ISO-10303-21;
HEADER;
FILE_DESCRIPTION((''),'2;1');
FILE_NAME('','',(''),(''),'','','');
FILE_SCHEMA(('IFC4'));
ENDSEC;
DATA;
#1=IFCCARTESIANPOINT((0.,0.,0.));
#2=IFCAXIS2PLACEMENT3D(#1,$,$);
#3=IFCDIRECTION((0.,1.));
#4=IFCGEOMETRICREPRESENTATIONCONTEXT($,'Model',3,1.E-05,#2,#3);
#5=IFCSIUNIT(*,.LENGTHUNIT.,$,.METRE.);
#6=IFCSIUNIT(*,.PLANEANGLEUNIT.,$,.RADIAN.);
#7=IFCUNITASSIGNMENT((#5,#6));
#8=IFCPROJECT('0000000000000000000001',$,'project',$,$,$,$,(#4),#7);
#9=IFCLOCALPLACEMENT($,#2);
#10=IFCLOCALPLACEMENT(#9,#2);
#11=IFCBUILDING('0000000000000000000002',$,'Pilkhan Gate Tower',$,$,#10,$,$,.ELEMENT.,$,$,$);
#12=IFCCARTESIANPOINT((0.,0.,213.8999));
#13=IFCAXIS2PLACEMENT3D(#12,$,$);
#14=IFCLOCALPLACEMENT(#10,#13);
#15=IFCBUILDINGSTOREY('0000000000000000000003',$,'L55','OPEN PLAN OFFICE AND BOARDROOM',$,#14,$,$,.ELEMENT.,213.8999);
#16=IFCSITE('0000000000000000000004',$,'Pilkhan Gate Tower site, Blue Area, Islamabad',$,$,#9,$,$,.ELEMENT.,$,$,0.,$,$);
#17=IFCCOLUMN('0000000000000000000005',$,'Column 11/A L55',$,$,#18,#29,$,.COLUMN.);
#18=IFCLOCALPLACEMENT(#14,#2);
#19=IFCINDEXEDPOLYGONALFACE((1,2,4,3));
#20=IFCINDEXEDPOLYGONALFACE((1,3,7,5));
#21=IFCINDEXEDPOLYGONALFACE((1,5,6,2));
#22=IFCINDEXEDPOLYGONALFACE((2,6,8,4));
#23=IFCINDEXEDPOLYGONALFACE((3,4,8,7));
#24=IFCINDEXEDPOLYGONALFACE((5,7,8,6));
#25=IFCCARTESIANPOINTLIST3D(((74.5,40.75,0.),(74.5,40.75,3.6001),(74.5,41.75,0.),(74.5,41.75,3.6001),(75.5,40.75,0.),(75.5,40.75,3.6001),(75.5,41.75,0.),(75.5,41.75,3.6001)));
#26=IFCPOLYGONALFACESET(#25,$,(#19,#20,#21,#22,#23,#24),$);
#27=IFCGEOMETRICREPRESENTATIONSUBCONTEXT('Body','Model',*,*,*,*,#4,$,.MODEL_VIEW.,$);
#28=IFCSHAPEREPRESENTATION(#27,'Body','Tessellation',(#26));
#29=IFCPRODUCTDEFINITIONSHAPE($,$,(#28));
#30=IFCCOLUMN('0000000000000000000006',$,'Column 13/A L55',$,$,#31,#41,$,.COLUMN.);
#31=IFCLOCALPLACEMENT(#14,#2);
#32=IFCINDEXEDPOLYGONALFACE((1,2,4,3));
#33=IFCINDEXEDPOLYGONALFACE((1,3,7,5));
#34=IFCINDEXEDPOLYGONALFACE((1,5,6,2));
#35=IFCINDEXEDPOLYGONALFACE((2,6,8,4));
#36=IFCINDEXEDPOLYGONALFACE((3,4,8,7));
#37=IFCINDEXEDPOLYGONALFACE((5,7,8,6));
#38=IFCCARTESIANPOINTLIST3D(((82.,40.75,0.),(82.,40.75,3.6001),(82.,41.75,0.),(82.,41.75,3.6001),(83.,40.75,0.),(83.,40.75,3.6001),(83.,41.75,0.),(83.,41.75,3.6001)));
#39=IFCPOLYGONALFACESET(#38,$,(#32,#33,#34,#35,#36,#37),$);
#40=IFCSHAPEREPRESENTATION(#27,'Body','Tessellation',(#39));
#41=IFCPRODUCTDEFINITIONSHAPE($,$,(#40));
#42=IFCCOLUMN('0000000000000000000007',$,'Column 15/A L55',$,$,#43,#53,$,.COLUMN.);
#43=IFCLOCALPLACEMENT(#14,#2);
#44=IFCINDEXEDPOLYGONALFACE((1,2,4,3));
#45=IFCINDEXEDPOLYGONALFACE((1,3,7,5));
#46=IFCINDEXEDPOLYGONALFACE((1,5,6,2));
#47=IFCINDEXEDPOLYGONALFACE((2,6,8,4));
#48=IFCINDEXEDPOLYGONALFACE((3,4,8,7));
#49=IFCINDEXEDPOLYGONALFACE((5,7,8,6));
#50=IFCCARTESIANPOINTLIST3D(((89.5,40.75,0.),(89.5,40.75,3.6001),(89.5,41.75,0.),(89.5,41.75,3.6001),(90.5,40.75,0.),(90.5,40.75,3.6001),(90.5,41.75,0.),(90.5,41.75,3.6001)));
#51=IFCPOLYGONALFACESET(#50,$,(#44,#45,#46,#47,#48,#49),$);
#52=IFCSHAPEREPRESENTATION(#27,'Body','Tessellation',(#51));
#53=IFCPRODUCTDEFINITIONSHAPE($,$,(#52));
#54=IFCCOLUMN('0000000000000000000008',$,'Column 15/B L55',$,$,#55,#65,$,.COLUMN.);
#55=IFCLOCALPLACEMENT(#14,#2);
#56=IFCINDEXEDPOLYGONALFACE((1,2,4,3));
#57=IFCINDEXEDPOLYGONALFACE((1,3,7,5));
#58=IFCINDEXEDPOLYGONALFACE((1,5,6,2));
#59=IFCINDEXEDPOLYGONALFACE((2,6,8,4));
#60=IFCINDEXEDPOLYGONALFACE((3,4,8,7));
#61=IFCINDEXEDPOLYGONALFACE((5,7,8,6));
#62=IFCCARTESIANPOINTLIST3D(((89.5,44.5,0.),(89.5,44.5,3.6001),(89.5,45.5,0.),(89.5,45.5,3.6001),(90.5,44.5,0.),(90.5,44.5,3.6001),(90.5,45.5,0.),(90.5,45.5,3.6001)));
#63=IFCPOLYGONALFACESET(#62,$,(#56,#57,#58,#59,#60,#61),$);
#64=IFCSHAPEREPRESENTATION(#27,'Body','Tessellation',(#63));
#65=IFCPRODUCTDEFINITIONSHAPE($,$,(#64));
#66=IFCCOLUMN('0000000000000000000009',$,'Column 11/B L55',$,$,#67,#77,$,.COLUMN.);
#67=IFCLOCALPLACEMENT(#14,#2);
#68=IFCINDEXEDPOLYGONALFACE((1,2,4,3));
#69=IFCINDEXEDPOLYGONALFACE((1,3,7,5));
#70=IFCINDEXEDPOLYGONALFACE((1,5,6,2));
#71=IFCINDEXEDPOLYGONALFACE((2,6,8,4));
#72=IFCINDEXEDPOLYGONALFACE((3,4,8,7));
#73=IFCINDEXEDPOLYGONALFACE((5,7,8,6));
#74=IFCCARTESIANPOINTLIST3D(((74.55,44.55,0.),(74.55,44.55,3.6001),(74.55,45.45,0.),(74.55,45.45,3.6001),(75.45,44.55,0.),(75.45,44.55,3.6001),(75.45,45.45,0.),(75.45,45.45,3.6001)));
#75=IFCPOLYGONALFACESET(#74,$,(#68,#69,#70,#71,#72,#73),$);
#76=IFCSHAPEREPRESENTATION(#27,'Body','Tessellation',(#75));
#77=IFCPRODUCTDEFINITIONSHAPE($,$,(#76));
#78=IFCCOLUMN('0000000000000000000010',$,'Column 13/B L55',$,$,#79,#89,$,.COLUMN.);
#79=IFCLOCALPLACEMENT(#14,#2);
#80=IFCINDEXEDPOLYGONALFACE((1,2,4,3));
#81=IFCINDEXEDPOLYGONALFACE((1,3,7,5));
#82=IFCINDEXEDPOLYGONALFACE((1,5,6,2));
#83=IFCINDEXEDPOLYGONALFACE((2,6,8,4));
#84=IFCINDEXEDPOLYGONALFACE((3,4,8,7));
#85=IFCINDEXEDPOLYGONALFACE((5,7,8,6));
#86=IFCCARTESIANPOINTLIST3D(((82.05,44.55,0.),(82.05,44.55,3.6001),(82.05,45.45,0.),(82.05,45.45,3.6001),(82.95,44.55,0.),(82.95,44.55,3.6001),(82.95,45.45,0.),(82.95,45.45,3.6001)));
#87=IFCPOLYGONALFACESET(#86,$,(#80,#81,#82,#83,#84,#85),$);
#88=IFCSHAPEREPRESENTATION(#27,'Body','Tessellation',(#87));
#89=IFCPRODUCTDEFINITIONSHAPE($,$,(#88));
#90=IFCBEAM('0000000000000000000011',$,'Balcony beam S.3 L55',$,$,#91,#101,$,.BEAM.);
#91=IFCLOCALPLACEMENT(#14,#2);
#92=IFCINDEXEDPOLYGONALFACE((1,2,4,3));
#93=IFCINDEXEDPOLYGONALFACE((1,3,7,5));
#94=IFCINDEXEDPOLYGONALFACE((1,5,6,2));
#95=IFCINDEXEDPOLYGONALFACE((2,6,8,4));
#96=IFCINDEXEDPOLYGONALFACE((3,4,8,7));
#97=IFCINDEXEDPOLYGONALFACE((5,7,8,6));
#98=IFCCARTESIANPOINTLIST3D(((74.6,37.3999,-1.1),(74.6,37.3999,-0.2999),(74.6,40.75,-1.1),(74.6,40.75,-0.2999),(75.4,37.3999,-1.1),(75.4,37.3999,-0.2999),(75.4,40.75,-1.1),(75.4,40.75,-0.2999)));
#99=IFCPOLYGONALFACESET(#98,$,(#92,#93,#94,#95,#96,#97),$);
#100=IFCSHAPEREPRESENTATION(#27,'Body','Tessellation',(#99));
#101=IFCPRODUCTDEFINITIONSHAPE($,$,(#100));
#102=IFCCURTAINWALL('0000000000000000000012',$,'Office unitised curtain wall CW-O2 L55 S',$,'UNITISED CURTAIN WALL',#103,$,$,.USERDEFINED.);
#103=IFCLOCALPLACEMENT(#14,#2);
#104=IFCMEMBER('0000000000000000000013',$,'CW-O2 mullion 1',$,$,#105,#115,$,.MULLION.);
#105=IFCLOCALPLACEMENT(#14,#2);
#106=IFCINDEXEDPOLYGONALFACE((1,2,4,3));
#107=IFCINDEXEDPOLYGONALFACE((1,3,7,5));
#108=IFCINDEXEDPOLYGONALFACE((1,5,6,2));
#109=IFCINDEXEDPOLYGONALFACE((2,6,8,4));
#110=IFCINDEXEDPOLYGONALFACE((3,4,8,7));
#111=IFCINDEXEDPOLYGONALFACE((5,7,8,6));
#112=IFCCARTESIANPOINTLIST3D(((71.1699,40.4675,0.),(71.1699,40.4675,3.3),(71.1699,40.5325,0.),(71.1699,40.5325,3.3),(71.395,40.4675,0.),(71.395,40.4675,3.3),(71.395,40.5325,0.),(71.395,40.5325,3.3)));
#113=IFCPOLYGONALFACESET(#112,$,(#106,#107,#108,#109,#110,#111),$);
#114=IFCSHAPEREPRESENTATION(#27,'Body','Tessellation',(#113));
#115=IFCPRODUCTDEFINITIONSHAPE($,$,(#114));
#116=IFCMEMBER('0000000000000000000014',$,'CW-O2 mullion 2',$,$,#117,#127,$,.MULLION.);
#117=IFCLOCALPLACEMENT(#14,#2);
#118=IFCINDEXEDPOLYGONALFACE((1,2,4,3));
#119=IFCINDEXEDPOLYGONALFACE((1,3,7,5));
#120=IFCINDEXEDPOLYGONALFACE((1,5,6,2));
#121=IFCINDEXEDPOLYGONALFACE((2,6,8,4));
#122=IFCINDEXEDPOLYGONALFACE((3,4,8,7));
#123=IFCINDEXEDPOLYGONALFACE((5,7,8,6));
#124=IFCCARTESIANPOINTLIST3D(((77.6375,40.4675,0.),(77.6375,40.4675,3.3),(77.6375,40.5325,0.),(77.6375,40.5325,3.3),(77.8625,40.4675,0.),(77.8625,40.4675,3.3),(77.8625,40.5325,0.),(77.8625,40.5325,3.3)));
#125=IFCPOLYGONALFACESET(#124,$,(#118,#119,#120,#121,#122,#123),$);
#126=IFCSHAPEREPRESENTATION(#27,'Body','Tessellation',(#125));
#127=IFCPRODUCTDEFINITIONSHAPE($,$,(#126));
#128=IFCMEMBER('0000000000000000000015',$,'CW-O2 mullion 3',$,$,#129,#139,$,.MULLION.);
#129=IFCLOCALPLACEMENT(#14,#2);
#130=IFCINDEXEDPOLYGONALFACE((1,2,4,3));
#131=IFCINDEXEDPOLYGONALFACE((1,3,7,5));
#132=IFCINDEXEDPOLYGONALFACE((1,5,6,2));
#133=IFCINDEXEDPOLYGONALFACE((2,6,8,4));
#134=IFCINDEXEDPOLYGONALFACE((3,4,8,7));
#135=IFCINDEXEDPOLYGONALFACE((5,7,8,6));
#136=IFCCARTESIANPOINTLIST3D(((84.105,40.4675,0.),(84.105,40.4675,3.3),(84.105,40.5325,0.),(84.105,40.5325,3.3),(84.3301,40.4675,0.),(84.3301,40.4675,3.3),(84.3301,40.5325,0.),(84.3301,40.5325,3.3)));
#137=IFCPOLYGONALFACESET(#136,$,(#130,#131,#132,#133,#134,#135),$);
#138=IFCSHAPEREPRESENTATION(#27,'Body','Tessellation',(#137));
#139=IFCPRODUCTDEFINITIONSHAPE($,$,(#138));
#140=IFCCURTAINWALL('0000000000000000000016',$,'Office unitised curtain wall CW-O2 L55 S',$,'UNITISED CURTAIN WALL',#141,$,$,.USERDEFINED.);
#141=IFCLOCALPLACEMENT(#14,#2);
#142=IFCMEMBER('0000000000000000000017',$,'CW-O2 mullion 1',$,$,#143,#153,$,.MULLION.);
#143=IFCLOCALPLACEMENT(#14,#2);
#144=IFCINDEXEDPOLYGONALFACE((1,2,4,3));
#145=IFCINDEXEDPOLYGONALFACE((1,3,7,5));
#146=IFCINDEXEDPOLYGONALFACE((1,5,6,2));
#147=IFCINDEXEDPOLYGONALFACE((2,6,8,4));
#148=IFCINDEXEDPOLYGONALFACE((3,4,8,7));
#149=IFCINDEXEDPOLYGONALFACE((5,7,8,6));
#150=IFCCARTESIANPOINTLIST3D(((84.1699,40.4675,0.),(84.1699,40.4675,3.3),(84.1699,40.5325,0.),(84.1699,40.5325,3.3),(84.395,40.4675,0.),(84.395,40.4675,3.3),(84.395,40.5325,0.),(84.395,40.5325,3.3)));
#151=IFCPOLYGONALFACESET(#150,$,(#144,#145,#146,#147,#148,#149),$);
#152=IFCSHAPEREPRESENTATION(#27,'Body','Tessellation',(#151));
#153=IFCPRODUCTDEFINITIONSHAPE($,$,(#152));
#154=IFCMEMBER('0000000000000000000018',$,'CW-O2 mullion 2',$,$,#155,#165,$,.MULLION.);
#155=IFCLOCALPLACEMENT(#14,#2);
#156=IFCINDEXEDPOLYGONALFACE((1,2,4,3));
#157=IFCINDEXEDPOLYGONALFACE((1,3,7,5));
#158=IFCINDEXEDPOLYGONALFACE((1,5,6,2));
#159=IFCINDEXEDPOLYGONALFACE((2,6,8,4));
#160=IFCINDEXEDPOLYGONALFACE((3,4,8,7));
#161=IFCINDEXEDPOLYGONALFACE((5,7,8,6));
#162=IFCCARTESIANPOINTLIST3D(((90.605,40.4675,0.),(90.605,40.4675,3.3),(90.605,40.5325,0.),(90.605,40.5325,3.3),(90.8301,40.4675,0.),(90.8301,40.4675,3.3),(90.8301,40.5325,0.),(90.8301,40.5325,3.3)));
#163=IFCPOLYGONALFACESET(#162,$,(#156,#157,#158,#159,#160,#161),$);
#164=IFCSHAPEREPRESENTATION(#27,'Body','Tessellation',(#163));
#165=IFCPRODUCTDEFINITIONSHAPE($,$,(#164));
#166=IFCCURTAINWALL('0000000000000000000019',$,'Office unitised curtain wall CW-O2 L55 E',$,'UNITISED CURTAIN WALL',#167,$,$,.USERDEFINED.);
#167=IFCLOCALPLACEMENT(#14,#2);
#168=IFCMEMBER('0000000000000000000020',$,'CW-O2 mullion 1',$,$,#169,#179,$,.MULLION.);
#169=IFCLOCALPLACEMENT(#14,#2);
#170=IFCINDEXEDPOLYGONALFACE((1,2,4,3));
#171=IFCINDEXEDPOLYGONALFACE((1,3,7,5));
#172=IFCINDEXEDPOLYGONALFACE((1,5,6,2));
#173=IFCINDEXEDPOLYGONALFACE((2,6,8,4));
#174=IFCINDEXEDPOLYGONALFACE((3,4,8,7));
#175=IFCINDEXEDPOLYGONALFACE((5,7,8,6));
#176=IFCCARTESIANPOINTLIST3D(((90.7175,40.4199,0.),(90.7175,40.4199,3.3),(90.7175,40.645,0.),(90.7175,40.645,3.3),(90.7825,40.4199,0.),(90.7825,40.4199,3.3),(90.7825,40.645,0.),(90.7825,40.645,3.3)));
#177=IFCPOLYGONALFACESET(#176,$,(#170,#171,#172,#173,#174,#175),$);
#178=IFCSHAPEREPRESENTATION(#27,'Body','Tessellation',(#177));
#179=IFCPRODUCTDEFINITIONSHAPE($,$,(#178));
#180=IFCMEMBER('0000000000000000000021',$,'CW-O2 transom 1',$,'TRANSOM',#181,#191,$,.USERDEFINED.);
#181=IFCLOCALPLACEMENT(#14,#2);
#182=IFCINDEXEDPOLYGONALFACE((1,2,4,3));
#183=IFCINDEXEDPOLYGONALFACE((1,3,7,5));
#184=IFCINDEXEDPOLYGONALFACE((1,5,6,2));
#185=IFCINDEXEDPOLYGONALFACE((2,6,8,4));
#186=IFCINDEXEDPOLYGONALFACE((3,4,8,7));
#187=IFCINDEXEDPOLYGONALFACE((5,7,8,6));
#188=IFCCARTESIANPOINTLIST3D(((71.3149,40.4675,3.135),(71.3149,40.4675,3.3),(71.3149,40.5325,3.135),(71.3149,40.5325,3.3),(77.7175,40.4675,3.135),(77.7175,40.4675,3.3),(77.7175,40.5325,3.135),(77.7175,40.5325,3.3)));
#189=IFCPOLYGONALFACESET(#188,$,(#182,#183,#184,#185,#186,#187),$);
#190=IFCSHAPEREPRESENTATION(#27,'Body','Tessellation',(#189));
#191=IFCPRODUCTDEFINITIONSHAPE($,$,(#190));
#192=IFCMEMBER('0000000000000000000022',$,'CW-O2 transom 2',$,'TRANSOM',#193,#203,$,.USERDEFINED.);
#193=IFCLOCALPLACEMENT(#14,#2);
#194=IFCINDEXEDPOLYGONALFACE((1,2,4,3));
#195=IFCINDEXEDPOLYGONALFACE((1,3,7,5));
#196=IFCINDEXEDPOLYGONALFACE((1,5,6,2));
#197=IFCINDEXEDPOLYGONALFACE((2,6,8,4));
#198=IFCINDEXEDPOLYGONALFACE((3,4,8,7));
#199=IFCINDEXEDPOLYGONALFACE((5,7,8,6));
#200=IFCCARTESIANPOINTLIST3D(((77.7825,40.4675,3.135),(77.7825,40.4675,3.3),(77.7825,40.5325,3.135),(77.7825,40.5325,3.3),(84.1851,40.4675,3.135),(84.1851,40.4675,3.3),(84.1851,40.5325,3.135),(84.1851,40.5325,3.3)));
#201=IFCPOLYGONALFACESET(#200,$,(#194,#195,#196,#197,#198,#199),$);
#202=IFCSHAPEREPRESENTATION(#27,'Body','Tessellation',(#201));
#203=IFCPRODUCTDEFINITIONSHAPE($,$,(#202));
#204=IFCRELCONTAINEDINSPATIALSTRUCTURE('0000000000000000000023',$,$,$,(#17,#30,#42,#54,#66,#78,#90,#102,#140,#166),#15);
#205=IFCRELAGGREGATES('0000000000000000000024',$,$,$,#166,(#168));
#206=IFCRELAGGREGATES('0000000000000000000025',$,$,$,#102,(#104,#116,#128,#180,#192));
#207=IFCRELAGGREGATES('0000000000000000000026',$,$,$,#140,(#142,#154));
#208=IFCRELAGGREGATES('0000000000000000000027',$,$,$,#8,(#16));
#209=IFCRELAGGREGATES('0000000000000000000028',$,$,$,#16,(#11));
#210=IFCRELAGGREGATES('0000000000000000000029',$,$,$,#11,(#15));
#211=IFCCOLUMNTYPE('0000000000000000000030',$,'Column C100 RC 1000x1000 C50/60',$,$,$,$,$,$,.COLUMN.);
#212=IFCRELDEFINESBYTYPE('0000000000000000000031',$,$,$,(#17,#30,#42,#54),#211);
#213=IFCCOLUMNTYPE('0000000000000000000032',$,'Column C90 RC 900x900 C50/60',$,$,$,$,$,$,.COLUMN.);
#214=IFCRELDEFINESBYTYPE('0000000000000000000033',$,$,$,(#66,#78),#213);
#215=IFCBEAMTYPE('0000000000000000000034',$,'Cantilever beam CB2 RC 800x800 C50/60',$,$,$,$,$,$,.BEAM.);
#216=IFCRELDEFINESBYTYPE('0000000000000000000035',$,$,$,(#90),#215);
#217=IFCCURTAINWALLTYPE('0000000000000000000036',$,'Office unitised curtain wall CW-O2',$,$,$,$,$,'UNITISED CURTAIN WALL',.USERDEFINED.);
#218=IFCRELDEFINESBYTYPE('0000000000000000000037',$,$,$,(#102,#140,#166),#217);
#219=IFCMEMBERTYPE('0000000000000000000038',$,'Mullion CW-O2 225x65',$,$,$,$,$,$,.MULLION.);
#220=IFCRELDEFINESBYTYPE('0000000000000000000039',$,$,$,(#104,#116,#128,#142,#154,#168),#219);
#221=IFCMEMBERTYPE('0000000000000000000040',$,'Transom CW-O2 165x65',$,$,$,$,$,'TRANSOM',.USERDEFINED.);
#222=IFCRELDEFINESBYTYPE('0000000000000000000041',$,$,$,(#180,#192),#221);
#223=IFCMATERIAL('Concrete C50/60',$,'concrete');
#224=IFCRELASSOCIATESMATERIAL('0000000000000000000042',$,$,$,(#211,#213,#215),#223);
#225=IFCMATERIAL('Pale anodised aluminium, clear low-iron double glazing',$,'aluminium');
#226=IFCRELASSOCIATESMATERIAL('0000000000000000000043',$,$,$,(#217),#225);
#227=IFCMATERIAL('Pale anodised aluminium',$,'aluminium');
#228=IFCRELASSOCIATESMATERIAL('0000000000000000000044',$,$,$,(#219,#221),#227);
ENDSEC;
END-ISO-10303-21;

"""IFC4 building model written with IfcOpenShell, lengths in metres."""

from ifc_helpers import new_model, si_unit, direction, frame, origin, origin_2d, place, context, subcontext, project, spatial, rectangle, extrude, material, material_profile, profile_set, type_object, element, aggregate, save


model = new_model("IFC4")

# Units and contexts
model_context = context("Model", 3, precision=1e-05, world=origin(), true_north=direction((0.0, 1.0)))
body_context = subcontext(model_context, "Body", "Model", "MODEL_VIEW")
ifc_project = project(units=[si_unit("LENGTHUNIT", "METRE"), si_unit("PLANEANGLEUNIT", "RADIAN")], contexts=[model_context])

# Site, building, storey
site_placement = place(None, origin())
site = spatial("IfcSite", under=ifc_project, at=site_placement, Name="Pilkhan Gate Tower site, Blue Area, Islamabad", CompositionType="ELEMENT", RefElevation=0.0)
building_placement = place(site_placement, origin())
building = spatial("IfcBuilding", under=site, at=building_placement, Name="Pilkhan Gate Tower", CompositionType="ELEMENT")
storey_placement = place(building_placement, frame((0.0, 0.0, 213.8999)))
storey = spatial("IfcBuildingStorey", under=building, at=storey_placement, Name="L55", Description="OPEN PLAN OFFICE AND BOARDROOM", CompositionType="ELEMENT", Elevation=213.8999)

# Columns
ifc_material_1 = material(Name="Concrete C50/60", Category="concrete")
ifc_material_profile_1 = material_profile(ifc_material_1, rectangle(XDim=1.0, YDim=1.0, at=origin_2d()), Name="RC 1000x1000")
ifc_profile_set_1 = profile_set([ifc_material_profile_1], Name="Concrete C50/60")
column_type_1 = type_object("IfcColumnType", Name="Column C100 RC 1000x1000 C50/60", PredefinedType="COLUMN", material=ifc_profile_set_1)
for number, where, z_axis, x_axis, name in (
    (1, (75.0, 41.25, 0.0), (0.0, 0.0, 1.0), (1.0, 0.0, 0.0), "Column 11/A L55"),
    (2, (82.5, 41.25, 0.0), (0.0, 0.0, 1.0), (1.0, 0.0, 0.0), "Column 13/A L55"),
    (3, (90.0, 41.25, 0.0), (0.0, 0.0, 1.0), (1.0, 0.0, 0.0), "Column 15/A L55"),
    (4, (90.0, 45.0, 0.0), (0.0, 0.0, 1.0), (1.0, 0.0, 0.0), "Column 15/B L55"),
):
    element("IfcColumn", number, at=place(storey_placement, frame(where, z_axis=z_axis, x_axis=x_axis)), inside=storey, type_object=column_type_1, Name=name, PredefinedType="COLUMN", context=body_context, shape_type="SweptSolid", body=[
        extrude(rectangle(XDim=1.0, YDim=1.0, at=origin_2d()), origin(), (0.0, 0.0, 1.0), 3.6001),
    ])
ifc_material_profile_2 = material_profile(ifc_material_1, rectangle(XDim=0.8999, YDim=0.8999, at=origin_2d()), Name="RC 900x900")
ifc_profile_set_2 = profile_set([ifc_material_profile_2], Name="Concrete C50/60")
column_type_2 = type_object("IfcColumnType", Name="Column C90 RC 900x900 C50/60", PredefinedType="COLUMN", material=ifc_profile_set_2)
for number, where, z_axis, x_axis, name in (
    (5, (75.0, 45.0, 0.0), (0.0, 0.0, 1.0), (1.0, 0.0, 0.0), "Column 11/B L55"),
    (6, (82.5, 45.0, 0.0), (0.0, 0.0, 1.0), (1.0, 0.0, 0.0), "Column 13/B L55"),
):
    element("IfcColumn", number, at=place(storey_placement, frame(where, z_axis=z_axis, x_axis=x_axis)), inside=storey, type_object=column_type_2, Name=name, PredefinedType="COLUMN", context=body_context, shape_type="SweptSolid", body=[
        extrude(rectangle(XDim=0.8999, YDim=0.8999, at=origin_2d()), origin(), (0.0, 0.0, 1.0), 3.6001),
    ])

# Beam
ifc_material_profile_3 = material_profile(ifc_material_1, rectangle(XDim=0.8, YDim=0.8, at=origin_2d()), Name="RC 800x800")
ifc_profile_set_3 = profile_set([ifc_material_profile_3], Name="Concrete C50/60")
beam_type = type_object("IfcBeamType", Name="Cantilever beam CB2 RC 800x800 C50/60", PredefinedType="BEAM", material=ifc_profile_set_3)
beam_placement = place(storey_placement, frame((75.0, 40.75, -0.7), z_axis=(0.0, -1.0, 0.0), x_axis=(1.0, 0.0, 0.0)))
element("IfcBeam", 7, at=beam_placement, inside=storey, type_object=beam_type, Name="Balcony beam S.3 L55", PredefinedType="BEAM", context=body_context, shape_type="SweptSolid", body=[
    extrude(rectangle(XDim=0.8, YDim=0.8, at=origin_2d()), origin(), (0.0, 0.0, 1.0), 3.3501),
])

# Curtain walls, members
ifc_material_2 = material(Name="Pale anodised aluminium, clear low-iron double glazing", Category="aluminium")
curtain_wall_type = type_object("IfcCurtainWallType", Name="Office unitised curtain wall CW-O2", ElementType="UNITISED CURTAIN WALL", PredefinedType="USERDEFINED", material=ifc_material_2)
curtain_wall_1_placement = place(storey_placement, origin())
curtain_wall_1 = element("IfcCurtainWall", 8, at=curtain_wall_1_placement, inside=storey, type_object=curtain_wall_type, Name="Office unitised curtain wall CW-O2 L55 S", ObjectType="UNITISED CURTAIN WALL", PredefinedType="USERDEFINED")
ifc_material_3 = material(Name="Pale anodised aluminium", Category="aluminium")
ifc_material_profile_4 = material_profile(ifc_material_3, rectangle(XDim=0.0649, YDim=0.2251, at=origin_2d()), Name="Mullion 225x65")
ifc_profile_set_4 = profile_set([ifc_material_profile_4], Name="Pale anodised aluminium")
member_type_1 = type_object("IfcMemberType", Name="Mullion CW-O2 225x65", PredefinedType="MULLION", material=ifc_profile_set_4)
member_1_placement = place(storey_placement, frame((71.2825, 40.5, 0.0), z_axis=(0.0, 0.0, 1.0), x_axis=(0.0, 1.0, 0.0)))
member_1 = element("IfcMember", 9, at=member_1_placement, type_object=member_type_1, Name="CW-O2 mullion 1", PredefinedType="MULLION", context=body_context, shape_type="SweptSolid", body=[
    extrude(rectangle(XDim=0.0649, YDim=0.2251, at=origin_2d()), origin(), (0.0, 0.0, 1.0), 3.3),
])
member_2_placement = place(storey_placement, frame((77.75, 40.5, 0.0), z_axis=(0.0, 0.0, 1.0), x_axis=(0.0, 1.0, 0.0)))
member_2 = element("IfcMember", 10, at=member_2_placement, type_object=member_type_1, Name="CW-O2 mullion 2", PredefinedType="MULLION", context=body_context, shape_type="SweptSolid", body=[
    extrude(rectangle(XDim=0.0649, YDim=0.2251, at=origin_2d()), origin(), (0.0, 0.0, 1.0), 3.3),
])
member_3_placement = place(storey_placement, frame((84.2175, 40.5, 0.0), z_axis=(0.0, 0.0, 1.0), x_axis=(0.0, 1.0, 0.0)))
member_3 = element("IfcMember", 11, at=member_3_placement, type_object=member_type_1, Name="CW-O2 mullion 3", PredefinedType="MULLION", context=body_context, shape_type="SweptSolid", body=[
    extrude(rectangle(XDim=0.0649, YDim=0.2251, at=origin_2d()), origin(), (0.0, 0.0, 1.0), 3.3),
])
curtain_wall_2_placement = place(storey_placement, origin())
curtain_wall_2 = element("IfcCurtainWall", 12, at=curtain_wall_2_placement, inside=storey, type_object=curtain_wall_type, Name="Office unitised curtain wall CW-O2 L55 S", ObjectType="UNITISED CURTAIN WALL", PredefinedType="USERDEFINED")
member_4_placement = place(storey_placement, frame((84.2825, 40.5, 0.0), z_axis=(0.0, 0.0, 1.0), x_axis=(0.0, 1.0, 0.0)))
member_4 = element("IfcMember", 13, at=member_4_placement, type_object=member_type_1, Name="CW-O2 mullion 1", PredefinedType="MULLION", context=body_context, shape_type="SweptSolid", body=[
    extrude(rectangle(XDim=0.0649, YDim=0.2251, at=origin_2d()), origin(), (0.0, 0.0, 1.0), 3.3),
])
member_5_placement = place(storey_placement, frame((90.7175, 40.5, 0.0), z_axis=(0.0, 0.0, 1.0), x_axis=(0.0, 1.0, 0.0)))
member_5 = element("IfcMember", 14, at=member_5_placement, type_object=member_type_1, Name="CW-O2 mullion 2", PredefinedType="MULLION", context=body_context, shape_type="SweptSolid", body=[
    extrude(rectangle(XDim=0.0649, YDim=0.2251, at=origin_2d()), origin(), (0.0, 0.0, 1.0), 3.3),
])

# Curtain wall, member
curtain_wall_3_placement = place(storey_placement, origin())
curtain_wall_3 = element("IfcCurtainWall", 15, at=curtain_wall_3_placement, inside=storey, type_object=curtain_wall_type, Name="Office unitised curtain wall CW-O2 L55 E", ObjectType="UNITISED CURTAIN WALL", PredefinedType="USERDEFINED")
member_6_placement = place(storey_placement, frame((90.75, 40.5325, 0.0), z_axis=(0.0, 0.0, 1.0), x_axis=(-1.0, 0.0, 0.0)))
member_6 = element("IfcMember", 16, at=member_6_placement, type_object=member_type_1, Name="CW-O2 mullion 1", PredefinedType="MULLION", context=body_context, shape_type="SweptSolid", body=[
    extrude(rectangle(XDim=0.0649, YDim=0.2251, at=origin_2d()), origin(), (0.0, 0.0, 1.0), 3.3),
])

# Members
ifc_material_profile_5 = material_profile(ifc_material_3, rectangle(XDim=0.0649, YDim=0.165, at=origin_2d()), Name="Transom 165x65")
ifc_profile_set_5 = profile_set([ifc_material_profile_5], Name="Pale anodised aluminium")
member_type_2 = type_object("IfcMemberType", Name="Transom CW-O2 165x65", ElementType="TRANSOM", PredefinedType="USERDEFINED", material=ifc_profile_set_5)
member_7_placement = place(storey_placement, frame((71.3149, 40.5, 3.2175), z_axis=(1.0, 0.0, 0.0), x_axis=(0.0, 1.0, 0.0)))
member_7 = element("IfcMember", 17, at=member_7_placement, type_object=member_type_2, Name="CW-O2 transom 1", ObjectType="TRANSOM", PredefinedType="USERDEFINED", context=body_context, shape_type="SweptSolid", body=[
    extrude(rectangle(XDim=0.0649, YDim=0.165, at=origin_2d()), origin(), (0.0, 0.0, 1.0), 6.4026),
])
member_8_placement = place(storey_placement, frame((77.7825, 40.5, 3.2175), z_axis=(1.0, 0.0, 0.0), x_axis=(0.0, 1.0, 0.0)))
member_8 = element("IfcMember", 18, at=member_8_placement, type_object=member_type_2, Name="CW-O2 transom 2", ObjectType="TRANSOM", PredefinedType="USERDEFINED", context=body_context, shape_type="SweptSolid", body=[
    extrude(rectangle(XDim=0.0649, YDim=0.165, at=origin_2d()), origin(), (0.0, 0.0, 1.0), 6.4026),
])
aggregate(curtain_wall_3, [member_6])

aggregate(curtain_wall_1, [member_1, member_2, member_3, member_7, member_8])
aggregate(curtain_wall_2, [member_4, member_5])

save(model, "model.ifc")
